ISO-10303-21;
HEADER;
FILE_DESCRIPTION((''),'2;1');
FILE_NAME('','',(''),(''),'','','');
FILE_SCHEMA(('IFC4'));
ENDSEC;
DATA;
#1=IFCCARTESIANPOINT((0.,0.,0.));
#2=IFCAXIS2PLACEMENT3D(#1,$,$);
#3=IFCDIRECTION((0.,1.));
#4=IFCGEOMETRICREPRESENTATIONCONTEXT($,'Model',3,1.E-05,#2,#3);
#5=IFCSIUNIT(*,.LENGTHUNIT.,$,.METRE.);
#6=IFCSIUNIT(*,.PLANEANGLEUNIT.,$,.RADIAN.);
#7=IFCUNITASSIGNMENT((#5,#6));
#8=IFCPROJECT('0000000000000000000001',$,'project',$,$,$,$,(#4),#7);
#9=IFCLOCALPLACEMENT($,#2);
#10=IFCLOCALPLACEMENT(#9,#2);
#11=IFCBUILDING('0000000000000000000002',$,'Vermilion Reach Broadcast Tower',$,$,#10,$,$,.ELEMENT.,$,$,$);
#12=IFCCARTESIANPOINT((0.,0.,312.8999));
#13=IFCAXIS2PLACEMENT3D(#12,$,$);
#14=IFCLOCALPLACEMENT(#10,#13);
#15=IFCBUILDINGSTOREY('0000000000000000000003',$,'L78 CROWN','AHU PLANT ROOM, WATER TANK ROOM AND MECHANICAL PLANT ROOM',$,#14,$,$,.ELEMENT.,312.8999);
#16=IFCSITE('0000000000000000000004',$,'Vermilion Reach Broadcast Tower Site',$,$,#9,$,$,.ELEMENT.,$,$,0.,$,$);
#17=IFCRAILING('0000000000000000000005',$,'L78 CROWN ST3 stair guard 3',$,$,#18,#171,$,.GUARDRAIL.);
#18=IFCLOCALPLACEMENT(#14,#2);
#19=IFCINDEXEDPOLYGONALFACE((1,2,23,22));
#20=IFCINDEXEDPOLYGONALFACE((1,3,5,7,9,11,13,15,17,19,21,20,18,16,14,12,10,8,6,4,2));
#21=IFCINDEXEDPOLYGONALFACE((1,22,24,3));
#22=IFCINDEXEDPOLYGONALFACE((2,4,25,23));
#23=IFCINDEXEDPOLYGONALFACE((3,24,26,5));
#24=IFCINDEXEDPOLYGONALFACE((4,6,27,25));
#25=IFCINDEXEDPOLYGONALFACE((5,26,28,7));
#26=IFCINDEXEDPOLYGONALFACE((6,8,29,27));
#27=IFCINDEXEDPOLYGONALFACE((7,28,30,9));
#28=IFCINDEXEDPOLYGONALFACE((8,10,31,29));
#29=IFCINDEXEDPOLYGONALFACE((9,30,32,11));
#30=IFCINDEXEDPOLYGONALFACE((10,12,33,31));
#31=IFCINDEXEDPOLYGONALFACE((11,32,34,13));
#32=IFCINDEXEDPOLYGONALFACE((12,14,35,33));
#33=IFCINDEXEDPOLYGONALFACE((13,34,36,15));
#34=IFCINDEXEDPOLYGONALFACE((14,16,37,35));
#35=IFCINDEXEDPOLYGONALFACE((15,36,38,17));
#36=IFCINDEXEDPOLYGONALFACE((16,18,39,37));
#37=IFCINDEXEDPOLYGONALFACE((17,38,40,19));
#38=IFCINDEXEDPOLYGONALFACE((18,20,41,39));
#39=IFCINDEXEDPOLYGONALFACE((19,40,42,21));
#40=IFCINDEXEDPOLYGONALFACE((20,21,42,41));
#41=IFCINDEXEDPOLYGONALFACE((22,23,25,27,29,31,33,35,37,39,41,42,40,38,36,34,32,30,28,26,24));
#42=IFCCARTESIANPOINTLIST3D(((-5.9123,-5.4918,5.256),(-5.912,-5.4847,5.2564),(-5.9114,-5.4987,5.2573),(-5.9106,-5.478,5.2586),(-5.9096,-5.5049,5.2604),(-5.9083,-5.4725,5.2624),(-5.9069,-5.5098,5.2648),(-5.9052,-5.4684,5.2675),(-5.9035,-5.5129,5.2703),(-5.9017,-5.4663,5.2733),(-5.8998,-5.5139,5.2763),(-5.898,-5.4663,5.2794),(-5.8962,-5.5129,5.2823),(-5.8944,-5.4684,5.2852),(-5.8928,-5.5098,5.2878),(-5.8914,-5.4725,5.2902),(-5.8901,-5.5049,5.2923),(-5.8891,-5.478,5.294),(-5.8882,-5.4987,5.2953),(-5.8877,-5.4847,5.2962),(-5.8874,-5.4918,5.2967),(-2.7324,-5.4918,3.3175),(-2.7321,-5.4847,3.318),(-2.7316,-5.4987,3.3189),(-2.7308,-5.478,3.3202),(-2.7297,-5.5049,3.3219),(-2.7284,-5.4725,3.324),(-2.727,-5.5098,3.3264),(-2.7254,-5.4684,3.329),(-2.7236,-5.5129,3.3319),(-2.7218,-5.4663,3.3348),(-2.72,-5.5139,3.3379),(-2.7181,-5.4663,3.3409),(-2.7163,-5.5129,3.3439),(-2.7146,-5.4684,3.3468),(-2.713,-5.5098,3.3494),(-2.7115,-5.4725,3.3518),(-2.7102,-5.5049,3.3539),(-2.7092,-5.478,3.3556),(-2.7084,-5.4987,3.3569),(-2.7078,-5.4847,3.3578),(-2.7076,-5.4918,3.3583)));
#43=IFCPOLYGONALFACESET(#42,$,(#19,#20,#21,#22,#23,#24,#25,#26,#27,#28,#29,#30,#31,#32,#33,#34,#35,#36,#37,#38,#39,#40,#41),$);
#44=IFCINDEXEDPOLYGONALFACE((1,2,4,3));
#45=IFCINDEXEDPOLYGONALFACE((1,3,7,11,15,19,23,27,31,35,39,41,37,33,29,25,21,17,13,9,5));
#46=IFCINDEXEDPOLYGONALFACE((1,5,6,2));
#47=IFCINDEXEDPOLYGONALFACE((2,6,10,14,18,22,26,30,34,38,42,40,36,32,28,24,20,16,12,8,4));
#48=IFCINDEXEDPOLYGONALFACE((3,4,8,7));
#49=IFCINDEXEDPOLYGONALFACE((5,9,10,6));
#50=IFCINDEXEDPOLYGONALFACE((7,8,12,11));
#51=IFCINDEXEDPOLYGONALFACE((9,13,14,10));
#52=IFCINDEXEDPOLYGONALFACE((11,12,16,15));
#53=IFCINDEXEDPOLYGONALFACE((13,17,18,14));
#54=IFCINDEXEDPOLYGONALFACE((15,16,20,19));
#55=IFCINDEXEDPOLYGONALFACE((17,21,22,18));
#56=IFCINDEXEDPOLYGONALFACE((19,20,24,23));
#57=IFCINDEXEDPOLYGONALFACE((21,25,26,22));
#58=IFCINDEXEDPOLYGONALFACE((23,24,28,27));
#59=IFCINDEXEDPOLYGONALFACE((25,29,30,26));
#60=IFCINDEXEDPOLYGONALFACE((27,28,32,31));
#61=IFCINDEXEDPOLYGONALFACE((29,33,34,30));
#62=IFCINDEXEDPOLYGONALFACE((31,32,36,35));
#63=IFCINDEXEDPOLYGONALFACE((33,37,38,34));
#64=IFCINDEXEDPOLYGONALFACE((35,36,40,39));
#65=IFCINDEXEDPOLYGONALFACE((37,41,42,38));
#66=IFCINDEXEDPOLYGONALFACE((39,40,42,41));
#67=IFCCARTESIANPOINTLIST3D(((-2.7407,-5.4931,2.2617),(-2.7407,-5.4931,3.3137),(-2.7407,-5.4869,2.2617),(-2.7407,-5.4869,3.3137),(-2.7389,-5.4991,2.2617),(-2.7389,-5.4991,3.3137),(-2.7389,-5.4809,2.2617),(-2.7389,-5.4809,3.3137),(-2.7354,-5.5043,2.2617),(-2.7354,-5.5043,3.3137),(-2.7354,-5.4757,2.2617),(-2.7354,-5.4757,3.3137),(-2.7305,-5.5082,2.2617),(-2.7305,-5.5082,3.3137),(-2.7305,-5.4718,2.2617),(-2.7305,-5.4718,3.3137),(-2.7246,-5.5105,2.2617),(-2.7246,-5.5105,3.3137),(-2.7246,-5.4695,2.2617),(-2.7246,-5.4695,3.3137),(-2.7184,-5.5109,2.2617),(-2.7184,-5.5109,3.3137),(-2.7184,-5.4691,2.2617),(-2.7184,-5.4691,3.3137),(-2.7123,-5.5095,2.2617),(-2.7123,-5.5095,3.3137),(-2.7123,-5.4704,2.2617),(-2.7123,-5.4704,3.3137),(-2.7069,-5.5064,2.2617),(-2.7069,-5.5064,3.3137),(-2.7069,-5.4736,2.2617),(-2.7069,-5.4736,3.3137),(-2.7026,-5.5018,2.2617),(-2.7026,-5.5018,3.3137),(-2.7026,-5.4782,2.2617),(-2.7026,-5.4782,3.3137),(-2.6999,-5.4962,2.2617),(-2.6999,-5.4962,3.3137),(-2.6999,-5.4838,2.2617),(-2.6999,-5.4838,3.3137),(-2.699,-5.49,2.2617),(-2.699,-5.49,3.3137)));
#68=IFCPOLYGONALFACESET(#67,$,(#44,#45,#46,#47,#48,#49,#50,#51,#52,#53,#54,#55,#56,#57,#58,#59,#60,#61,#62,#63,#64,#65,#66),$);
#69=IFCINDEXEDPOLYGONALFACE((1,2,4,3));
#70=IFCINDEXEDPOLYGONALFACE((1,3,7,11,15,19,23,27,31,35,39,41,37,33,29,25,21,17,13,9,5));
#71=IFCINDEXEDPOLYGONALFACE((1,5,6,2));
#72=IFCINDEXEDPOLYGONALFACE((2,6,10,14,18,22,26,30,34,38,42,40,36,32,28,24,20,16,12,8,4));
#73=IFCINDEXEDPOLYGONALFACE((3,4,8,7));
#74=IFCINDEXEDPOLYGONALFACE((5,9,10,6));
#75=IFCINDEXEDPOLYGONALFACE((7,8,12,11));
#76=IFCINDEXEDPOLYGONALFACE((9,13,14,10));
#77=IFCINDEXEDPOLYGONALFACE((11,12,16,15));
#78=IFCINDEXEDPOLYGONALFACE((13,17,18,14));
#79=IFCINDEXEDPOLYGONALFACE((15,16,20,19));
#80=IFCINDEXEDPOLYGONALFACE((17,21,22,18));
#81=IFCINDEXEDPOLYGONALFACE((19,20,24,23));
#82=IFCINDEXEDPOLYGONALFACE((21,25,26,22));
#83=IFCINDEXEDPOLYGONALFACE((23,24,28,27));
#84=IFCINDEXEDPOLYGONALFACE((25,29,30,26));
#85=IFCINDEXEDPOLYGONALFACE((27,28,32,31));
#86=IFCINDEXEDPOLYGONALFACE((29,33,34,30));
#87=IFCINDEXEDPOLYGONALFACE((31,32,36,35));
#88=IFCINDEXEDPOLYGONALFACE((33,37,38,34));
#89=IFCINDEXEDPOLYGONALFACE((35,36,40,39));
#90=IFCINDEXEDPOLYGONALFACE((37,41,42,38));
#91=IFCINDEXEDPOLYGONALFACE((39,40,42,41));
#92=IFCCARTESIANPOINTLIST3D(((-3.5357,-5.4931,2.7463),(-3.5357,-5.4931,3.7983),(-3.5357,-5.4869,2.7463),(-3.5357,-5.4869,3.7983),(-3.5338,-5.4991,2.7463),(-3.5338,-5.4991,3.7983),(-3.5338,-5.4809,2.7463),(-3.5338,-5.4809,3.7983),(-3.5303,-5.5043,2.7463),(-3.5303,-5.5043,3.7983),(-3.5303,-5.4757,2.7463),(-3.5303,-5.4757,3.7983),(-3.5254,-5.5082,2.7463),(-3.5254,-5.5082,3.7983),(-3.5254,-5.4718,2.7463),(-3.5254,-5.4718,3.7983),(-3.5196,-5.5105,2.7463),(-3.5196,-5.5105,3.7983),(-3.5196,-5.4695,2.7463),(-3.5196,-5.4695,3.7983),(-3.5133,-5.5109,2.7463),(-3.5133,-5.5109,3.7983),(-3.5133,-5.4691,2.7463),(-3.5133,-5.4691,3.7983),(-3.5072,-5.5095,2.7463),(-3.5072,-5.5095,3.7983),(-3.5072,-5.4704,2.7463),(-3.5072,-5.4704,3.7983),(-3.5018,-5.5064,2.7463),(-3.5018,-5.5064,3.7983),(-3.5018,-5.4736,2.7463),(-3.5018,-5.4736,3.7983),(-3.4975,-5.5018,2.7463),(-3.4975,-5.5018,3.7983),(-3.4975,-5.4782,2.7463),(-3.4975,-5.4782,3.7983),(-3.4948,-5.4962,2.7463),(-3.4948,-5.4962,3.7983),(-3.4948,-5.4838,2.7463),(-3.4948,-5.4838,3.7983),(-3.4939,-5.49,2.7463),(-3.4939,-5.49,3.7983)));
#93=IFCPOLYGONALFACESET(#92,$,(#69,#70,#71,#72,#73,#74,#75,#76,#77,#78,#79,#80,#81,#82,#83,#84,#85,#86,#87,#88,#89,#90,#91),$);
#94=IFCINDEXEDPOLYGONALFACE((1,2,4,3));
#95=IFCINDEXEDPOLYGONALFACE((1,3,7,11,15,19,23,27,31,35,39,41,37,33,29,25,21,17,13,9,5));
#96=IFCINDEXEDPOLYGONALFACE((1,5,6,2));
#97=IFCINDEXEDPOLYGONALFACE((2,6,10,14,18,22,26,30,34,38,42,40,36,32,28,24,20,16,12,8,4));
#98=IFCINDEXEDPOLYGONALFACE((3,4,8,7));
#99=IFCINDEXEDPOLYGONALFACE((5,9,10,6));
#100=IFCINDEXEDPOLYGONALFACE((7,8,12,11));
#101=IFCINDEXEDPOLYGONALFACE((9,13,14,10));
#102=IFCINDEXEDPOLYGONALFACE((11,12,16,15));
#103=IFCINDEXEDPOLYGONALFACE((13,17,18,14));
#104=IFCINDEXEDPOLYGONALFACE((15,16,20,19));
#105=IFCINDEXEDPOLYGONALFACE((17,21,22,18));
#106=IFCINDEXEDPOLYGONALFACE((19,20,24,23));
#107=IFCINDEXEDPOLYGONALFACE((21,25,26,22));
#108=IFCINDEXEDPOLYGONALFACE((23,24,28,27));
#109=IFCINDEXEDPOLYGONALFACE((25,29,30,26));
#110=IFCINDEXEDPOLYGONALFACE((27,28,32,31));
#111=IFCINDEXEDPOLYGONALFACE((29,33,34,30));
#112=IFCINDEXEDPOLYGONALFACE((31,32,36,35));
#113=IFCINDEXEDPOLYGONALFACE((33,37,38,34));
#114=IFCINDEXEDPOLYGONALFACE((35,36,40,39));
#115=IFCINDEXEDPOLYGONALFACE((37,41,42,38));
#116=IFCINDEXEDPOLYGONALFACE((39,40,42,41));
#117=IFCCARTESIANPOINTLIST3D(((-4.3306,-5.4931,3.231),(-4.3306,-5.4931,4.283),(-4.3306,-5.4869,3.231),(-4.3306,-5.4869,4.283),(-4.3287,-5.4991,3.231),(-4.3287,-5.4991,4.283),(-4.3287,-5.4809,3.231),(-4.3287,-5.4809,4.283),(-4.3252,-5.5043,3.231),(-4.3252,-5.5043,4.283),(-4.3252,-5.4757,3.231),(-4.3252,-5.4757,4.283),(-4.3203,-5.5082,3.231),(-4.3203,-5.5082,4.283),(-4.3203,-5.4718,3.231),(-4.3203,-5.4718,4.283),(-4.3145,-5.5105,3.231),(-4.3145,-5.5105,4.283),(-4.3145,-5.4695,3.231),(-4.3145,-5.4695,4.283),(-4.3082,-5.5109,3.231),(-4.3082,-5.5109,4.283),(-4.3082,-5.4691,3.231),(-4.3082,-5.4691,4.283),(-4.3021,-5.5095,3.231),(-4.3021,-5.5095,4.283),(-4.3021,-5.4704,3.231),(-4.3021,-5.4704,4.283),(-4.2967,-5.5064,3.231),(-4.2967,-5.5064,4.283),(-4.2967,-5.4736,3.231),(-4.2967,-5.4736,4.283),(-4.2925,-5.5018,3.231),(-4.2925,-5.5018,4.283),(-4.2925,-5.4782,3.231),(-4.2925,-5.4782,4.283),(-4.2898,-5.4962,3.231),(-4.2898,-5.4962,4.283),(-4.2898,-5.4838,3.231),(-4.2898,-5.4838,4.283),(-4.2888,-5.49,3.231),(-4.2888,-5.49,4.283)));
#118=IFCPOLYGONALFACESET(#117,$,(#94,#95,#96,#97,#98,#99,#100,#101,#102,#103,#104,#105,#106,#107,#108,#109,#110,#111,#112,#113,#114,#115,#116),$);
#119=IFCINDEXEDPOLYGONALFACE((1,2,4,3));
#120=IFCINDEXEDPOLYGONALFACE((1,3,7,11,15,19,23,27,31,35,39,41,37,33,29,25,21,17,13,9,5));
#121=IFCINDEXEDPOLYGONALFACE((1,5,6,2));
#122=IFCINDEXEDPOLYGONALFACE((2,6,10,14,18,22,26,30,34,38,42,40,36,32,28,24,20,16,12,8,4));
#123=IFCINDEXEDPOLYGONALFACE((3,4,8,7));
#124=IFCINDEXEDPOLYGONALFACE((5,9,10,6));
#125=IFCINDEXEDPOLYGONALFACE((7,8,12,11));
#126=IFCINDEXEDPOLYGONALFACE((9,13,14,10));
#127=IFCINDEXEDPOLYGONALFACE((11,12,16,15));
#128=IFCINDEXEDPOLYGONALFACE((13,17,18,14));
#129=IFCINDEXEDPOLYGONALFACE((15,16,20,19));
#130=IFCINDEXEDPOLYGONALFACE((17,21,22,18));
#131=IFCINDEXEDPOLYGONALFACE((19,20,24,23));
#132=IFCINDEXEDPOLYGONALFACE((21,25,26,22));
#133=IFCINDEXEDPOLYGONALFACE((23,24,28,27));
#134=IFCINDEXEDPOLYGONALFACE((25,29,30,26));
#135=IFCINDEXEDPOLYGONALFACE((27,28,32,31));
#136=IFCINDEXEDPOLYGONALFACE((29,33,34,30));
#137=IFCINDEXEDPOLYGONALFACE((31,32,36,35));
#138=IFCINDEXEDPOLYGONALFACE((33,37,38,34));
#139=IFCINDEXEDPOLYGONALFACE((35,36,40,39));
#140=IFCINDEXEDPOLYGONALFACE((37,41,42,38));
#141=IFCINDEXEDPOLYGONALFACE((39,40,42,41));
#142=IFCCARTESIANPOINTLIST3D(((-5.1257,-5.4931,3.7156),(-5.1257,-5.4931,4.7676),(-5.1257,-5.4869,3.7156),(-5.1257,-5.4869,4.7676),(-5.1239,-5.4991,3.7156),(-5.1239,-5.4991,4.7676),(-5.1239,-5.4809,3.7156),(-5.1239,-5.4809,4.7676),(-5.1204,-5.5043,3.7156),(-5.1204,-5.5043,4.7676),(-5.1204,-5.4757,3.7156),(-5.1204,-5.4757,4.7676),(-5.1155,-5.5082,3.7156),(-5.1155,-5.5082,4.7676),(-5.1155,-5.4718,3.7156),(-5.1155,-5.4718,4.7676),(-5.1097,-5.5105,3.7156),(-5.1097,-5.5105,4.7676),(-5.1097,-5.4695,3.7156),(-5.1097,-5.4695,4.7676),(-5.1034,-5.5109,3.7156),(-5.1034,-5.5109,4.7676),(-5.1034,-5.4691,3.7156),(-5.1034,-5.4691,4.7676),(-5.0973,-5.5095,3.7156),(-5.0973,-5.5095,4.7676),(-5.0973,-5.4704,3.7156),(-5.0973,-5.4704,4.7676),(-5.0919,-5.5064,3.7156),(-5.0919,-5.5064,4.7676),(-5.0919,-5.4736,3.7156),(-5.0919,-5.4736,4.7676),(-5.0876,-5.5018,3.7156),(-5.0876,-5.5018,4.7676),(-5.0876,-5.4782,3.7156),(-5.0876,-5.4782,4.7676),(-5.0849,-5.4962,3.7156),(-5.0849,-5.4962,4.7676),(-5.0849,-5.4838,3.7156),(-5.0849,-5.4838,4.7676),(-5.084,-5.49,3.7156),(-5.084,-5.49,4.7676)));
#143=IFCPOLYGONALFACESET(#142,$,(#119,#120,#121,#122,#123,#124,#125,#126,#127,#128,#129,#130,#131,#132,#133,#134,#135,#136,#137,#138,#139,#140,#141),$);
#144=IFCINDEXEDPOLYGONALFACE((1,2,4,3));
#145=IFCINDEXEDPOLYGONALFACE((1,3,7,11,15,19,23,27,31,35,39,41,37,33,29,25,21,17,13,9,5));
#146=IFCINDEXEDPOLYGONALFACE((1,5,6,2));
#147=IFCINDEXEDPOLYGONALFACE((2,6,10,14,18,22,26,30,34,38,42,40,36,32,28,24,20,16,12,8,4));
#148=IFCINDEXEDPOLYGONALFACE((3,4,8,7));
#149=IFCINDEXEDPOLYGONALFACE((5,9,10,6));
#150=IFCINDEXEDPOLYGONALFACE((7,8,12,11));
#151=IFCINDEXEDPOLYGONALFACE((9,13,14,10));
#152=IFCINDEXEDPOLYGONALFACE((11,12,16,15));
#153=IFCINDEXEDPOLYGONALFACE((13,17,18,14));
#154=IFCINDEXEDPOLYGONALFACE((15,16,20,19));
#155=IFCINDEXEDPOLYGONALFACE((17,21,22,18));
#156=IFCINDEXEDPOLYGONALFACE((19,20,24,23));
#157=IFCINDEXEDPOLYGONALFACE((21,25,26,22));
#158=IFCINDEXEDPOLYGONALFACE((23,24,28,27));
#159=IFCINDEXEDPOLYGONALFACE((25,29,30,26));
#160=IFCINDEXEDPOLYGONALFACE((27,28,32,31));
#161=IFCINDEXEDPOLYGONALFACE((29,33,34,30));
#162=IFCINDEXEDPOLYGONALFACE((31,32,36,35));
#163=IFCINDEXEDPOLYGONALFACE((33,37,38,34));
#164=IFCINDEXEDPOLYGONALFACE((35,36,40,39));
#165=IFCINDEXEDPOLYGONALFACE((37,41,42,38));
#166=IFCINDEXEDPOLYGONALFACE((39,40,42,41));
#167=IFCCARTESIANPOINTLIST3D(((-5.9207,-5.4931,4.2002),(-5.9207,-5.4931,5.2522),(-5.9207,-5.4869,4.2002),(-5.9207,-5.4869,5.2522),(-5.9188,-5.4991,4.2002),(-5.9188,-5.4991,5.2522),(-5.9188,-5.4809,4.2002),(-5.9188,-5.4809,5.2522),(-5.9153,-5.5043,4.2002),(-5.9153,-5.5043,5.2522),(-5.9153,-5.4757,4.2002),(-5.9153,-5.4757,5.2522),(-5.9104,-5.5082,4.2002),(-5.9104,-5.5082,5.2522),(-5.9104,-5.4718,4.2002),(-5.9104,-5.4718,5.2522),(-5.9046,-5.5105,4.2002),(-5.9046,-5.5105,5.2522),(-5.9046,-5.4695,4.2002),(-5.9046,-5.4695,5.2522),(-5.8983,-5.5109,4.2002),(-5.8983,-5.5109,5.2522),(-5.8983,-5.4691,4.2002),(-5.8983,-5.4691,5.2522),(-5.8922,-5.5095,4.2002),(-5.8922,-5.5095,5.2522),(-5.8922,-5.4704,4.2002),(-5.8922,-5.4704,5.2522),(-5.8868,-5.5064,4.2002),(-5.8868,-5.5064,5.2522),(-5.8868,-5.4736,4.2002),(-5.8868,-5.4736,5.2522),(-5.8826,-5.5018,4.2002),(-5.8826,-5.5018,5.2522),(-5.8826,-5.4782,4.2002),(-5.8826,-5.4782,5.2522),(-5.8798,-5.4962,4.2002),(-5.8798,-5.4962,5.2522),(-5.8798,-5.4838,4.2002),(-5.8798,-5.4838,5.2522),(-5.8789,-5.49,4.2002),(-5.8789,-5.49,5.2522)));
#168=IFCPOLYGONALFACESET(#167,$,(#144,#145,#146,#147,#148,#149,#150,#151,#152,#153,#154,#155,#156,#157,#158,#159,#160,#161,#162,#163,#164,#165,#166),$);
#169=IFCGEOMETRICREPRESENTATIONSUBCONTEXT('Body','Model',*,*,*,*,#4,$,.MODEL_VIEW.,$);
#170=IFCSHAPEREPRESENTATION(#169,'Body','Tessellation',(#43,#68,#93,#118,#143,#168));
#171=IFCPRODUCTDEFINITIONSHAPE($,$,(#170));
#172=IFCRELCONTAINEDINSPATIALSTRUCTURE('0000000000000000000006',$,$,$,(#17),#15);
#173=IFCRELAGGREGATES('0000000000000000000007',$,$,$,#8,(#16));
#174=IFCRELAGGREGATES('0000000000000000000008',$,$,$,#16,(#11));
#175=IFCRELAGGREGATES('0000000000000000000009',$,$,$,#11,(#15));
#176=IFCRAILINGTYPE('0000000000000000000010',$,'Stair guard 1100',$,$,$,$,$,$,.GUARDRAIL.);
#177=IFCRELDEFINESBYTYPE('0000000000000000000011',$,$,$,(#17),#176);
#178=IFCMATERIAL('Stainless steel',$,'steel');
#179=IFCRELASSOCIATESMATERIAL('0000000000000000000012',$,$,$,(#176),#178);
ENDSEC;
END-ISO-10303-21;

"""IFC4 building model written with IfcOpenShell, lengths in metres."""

from ifc_helpers import new_model, si_unit, direction, frame, origin, origin_2d, place, context, subcontext, project, spatial, circle, extrude, material, type_object, element, save


model = new_model("IFC4")

# Units and contexts
model_context = context("Model", 3, precision=1e-05, world=origin(), true_north=direction((0.0, 1.0)))
body_context = subcontext(model_context, "Body", "Model", "MODEL_VIEW")
ifc_project = project(units=[si_unit("LENGTHUNIT", "METRE"), si_unit("PLANEANGLEUNIT", "RADIAN")], contexts=[model_context])

# Site, building, storey
site_placement = place(None, origin())
site = spatial("IfcSite", under=ifc_project, at=site_placement, Name="Vermilion Reach Broadcast Tower Site", CompositionType="ELEMENT", RefElevation=0.0)
building_placement = place(site_placement, origin())
building = spatial("IfcBuilding", under=site, at=building_placement, Name="Vermilion Reach Broadcast Tower", CompositionType="ELEMENT")
storey_placement = place(building_placement, frame((0.0, 0.0, 312.8999)))
storey = spatial("IfcBuildingStorey", under=building, at=storey_placement, Name="L78 CROWN", Description="AHU PLANT ROOM, WATER TANK ROOM AND MECHANICAL PLANT ROOM", CompositionType="ELEMENT", Elevation=312.8999)

# Railing
ifc_material_1 = material(Name="Stainless steel", Category="steel")
railing_type_1 = type_object("IfcRailingType", Name="Stair guard 1100", PredefinedType="GUARDRAIL", material=ifc_material_1)
railing_1_placement = place(storey_placement, frame((-2.72, -5.49, 2.2617)))
element("IfcRailing", 1, at=railing_1_placement, inside=storey, type_object=railing_type_1, Name="L78 CROWN ST3 stair guard 3", PredefinedType="GUARDRAIL", context=body_context, shape_type="SweptSolid", body=[
    extrude(circle(Radius=0.0239, at=origin_2d()), frame((0.0, 0.0, 1.0762), z_axis=(-0.853857, 0.0, 0.520508), x_axis=(0.0, -1.0, 0.0)), (0.0, 0.0, 1.0), 3.7241),
    extrude(circle(Radius=0.021, at=origin_2d()), origin(), (0.0, 0.0, 1.0), 1.052),
    extrude(circle(Radius=0.021, at=origin_2d()), frame((-0.7949, 0.0, 0.4846)), (0.0, 0.0, 1.0), 1.052),
    extrude(circle(Radius=0.021, at=origin_2d()), frame((-1.5898, 0.0, 0.9692)), (0.0, 0.0, 1.0), 1.052),
    extrude(circle(Radius=0.021, at=origin_2d()), frame((-2.385, 0.0, 1.4539)), (0.0, 0.0, 1.0), 1.052),
    extrude(circle(Radius=0.021, at=origin_2d()), frame((-3.1799, 0.0, 1.9385)), (0.0, 0.0, 1.0), 1.052),
])

save(model, "model.ifc")
